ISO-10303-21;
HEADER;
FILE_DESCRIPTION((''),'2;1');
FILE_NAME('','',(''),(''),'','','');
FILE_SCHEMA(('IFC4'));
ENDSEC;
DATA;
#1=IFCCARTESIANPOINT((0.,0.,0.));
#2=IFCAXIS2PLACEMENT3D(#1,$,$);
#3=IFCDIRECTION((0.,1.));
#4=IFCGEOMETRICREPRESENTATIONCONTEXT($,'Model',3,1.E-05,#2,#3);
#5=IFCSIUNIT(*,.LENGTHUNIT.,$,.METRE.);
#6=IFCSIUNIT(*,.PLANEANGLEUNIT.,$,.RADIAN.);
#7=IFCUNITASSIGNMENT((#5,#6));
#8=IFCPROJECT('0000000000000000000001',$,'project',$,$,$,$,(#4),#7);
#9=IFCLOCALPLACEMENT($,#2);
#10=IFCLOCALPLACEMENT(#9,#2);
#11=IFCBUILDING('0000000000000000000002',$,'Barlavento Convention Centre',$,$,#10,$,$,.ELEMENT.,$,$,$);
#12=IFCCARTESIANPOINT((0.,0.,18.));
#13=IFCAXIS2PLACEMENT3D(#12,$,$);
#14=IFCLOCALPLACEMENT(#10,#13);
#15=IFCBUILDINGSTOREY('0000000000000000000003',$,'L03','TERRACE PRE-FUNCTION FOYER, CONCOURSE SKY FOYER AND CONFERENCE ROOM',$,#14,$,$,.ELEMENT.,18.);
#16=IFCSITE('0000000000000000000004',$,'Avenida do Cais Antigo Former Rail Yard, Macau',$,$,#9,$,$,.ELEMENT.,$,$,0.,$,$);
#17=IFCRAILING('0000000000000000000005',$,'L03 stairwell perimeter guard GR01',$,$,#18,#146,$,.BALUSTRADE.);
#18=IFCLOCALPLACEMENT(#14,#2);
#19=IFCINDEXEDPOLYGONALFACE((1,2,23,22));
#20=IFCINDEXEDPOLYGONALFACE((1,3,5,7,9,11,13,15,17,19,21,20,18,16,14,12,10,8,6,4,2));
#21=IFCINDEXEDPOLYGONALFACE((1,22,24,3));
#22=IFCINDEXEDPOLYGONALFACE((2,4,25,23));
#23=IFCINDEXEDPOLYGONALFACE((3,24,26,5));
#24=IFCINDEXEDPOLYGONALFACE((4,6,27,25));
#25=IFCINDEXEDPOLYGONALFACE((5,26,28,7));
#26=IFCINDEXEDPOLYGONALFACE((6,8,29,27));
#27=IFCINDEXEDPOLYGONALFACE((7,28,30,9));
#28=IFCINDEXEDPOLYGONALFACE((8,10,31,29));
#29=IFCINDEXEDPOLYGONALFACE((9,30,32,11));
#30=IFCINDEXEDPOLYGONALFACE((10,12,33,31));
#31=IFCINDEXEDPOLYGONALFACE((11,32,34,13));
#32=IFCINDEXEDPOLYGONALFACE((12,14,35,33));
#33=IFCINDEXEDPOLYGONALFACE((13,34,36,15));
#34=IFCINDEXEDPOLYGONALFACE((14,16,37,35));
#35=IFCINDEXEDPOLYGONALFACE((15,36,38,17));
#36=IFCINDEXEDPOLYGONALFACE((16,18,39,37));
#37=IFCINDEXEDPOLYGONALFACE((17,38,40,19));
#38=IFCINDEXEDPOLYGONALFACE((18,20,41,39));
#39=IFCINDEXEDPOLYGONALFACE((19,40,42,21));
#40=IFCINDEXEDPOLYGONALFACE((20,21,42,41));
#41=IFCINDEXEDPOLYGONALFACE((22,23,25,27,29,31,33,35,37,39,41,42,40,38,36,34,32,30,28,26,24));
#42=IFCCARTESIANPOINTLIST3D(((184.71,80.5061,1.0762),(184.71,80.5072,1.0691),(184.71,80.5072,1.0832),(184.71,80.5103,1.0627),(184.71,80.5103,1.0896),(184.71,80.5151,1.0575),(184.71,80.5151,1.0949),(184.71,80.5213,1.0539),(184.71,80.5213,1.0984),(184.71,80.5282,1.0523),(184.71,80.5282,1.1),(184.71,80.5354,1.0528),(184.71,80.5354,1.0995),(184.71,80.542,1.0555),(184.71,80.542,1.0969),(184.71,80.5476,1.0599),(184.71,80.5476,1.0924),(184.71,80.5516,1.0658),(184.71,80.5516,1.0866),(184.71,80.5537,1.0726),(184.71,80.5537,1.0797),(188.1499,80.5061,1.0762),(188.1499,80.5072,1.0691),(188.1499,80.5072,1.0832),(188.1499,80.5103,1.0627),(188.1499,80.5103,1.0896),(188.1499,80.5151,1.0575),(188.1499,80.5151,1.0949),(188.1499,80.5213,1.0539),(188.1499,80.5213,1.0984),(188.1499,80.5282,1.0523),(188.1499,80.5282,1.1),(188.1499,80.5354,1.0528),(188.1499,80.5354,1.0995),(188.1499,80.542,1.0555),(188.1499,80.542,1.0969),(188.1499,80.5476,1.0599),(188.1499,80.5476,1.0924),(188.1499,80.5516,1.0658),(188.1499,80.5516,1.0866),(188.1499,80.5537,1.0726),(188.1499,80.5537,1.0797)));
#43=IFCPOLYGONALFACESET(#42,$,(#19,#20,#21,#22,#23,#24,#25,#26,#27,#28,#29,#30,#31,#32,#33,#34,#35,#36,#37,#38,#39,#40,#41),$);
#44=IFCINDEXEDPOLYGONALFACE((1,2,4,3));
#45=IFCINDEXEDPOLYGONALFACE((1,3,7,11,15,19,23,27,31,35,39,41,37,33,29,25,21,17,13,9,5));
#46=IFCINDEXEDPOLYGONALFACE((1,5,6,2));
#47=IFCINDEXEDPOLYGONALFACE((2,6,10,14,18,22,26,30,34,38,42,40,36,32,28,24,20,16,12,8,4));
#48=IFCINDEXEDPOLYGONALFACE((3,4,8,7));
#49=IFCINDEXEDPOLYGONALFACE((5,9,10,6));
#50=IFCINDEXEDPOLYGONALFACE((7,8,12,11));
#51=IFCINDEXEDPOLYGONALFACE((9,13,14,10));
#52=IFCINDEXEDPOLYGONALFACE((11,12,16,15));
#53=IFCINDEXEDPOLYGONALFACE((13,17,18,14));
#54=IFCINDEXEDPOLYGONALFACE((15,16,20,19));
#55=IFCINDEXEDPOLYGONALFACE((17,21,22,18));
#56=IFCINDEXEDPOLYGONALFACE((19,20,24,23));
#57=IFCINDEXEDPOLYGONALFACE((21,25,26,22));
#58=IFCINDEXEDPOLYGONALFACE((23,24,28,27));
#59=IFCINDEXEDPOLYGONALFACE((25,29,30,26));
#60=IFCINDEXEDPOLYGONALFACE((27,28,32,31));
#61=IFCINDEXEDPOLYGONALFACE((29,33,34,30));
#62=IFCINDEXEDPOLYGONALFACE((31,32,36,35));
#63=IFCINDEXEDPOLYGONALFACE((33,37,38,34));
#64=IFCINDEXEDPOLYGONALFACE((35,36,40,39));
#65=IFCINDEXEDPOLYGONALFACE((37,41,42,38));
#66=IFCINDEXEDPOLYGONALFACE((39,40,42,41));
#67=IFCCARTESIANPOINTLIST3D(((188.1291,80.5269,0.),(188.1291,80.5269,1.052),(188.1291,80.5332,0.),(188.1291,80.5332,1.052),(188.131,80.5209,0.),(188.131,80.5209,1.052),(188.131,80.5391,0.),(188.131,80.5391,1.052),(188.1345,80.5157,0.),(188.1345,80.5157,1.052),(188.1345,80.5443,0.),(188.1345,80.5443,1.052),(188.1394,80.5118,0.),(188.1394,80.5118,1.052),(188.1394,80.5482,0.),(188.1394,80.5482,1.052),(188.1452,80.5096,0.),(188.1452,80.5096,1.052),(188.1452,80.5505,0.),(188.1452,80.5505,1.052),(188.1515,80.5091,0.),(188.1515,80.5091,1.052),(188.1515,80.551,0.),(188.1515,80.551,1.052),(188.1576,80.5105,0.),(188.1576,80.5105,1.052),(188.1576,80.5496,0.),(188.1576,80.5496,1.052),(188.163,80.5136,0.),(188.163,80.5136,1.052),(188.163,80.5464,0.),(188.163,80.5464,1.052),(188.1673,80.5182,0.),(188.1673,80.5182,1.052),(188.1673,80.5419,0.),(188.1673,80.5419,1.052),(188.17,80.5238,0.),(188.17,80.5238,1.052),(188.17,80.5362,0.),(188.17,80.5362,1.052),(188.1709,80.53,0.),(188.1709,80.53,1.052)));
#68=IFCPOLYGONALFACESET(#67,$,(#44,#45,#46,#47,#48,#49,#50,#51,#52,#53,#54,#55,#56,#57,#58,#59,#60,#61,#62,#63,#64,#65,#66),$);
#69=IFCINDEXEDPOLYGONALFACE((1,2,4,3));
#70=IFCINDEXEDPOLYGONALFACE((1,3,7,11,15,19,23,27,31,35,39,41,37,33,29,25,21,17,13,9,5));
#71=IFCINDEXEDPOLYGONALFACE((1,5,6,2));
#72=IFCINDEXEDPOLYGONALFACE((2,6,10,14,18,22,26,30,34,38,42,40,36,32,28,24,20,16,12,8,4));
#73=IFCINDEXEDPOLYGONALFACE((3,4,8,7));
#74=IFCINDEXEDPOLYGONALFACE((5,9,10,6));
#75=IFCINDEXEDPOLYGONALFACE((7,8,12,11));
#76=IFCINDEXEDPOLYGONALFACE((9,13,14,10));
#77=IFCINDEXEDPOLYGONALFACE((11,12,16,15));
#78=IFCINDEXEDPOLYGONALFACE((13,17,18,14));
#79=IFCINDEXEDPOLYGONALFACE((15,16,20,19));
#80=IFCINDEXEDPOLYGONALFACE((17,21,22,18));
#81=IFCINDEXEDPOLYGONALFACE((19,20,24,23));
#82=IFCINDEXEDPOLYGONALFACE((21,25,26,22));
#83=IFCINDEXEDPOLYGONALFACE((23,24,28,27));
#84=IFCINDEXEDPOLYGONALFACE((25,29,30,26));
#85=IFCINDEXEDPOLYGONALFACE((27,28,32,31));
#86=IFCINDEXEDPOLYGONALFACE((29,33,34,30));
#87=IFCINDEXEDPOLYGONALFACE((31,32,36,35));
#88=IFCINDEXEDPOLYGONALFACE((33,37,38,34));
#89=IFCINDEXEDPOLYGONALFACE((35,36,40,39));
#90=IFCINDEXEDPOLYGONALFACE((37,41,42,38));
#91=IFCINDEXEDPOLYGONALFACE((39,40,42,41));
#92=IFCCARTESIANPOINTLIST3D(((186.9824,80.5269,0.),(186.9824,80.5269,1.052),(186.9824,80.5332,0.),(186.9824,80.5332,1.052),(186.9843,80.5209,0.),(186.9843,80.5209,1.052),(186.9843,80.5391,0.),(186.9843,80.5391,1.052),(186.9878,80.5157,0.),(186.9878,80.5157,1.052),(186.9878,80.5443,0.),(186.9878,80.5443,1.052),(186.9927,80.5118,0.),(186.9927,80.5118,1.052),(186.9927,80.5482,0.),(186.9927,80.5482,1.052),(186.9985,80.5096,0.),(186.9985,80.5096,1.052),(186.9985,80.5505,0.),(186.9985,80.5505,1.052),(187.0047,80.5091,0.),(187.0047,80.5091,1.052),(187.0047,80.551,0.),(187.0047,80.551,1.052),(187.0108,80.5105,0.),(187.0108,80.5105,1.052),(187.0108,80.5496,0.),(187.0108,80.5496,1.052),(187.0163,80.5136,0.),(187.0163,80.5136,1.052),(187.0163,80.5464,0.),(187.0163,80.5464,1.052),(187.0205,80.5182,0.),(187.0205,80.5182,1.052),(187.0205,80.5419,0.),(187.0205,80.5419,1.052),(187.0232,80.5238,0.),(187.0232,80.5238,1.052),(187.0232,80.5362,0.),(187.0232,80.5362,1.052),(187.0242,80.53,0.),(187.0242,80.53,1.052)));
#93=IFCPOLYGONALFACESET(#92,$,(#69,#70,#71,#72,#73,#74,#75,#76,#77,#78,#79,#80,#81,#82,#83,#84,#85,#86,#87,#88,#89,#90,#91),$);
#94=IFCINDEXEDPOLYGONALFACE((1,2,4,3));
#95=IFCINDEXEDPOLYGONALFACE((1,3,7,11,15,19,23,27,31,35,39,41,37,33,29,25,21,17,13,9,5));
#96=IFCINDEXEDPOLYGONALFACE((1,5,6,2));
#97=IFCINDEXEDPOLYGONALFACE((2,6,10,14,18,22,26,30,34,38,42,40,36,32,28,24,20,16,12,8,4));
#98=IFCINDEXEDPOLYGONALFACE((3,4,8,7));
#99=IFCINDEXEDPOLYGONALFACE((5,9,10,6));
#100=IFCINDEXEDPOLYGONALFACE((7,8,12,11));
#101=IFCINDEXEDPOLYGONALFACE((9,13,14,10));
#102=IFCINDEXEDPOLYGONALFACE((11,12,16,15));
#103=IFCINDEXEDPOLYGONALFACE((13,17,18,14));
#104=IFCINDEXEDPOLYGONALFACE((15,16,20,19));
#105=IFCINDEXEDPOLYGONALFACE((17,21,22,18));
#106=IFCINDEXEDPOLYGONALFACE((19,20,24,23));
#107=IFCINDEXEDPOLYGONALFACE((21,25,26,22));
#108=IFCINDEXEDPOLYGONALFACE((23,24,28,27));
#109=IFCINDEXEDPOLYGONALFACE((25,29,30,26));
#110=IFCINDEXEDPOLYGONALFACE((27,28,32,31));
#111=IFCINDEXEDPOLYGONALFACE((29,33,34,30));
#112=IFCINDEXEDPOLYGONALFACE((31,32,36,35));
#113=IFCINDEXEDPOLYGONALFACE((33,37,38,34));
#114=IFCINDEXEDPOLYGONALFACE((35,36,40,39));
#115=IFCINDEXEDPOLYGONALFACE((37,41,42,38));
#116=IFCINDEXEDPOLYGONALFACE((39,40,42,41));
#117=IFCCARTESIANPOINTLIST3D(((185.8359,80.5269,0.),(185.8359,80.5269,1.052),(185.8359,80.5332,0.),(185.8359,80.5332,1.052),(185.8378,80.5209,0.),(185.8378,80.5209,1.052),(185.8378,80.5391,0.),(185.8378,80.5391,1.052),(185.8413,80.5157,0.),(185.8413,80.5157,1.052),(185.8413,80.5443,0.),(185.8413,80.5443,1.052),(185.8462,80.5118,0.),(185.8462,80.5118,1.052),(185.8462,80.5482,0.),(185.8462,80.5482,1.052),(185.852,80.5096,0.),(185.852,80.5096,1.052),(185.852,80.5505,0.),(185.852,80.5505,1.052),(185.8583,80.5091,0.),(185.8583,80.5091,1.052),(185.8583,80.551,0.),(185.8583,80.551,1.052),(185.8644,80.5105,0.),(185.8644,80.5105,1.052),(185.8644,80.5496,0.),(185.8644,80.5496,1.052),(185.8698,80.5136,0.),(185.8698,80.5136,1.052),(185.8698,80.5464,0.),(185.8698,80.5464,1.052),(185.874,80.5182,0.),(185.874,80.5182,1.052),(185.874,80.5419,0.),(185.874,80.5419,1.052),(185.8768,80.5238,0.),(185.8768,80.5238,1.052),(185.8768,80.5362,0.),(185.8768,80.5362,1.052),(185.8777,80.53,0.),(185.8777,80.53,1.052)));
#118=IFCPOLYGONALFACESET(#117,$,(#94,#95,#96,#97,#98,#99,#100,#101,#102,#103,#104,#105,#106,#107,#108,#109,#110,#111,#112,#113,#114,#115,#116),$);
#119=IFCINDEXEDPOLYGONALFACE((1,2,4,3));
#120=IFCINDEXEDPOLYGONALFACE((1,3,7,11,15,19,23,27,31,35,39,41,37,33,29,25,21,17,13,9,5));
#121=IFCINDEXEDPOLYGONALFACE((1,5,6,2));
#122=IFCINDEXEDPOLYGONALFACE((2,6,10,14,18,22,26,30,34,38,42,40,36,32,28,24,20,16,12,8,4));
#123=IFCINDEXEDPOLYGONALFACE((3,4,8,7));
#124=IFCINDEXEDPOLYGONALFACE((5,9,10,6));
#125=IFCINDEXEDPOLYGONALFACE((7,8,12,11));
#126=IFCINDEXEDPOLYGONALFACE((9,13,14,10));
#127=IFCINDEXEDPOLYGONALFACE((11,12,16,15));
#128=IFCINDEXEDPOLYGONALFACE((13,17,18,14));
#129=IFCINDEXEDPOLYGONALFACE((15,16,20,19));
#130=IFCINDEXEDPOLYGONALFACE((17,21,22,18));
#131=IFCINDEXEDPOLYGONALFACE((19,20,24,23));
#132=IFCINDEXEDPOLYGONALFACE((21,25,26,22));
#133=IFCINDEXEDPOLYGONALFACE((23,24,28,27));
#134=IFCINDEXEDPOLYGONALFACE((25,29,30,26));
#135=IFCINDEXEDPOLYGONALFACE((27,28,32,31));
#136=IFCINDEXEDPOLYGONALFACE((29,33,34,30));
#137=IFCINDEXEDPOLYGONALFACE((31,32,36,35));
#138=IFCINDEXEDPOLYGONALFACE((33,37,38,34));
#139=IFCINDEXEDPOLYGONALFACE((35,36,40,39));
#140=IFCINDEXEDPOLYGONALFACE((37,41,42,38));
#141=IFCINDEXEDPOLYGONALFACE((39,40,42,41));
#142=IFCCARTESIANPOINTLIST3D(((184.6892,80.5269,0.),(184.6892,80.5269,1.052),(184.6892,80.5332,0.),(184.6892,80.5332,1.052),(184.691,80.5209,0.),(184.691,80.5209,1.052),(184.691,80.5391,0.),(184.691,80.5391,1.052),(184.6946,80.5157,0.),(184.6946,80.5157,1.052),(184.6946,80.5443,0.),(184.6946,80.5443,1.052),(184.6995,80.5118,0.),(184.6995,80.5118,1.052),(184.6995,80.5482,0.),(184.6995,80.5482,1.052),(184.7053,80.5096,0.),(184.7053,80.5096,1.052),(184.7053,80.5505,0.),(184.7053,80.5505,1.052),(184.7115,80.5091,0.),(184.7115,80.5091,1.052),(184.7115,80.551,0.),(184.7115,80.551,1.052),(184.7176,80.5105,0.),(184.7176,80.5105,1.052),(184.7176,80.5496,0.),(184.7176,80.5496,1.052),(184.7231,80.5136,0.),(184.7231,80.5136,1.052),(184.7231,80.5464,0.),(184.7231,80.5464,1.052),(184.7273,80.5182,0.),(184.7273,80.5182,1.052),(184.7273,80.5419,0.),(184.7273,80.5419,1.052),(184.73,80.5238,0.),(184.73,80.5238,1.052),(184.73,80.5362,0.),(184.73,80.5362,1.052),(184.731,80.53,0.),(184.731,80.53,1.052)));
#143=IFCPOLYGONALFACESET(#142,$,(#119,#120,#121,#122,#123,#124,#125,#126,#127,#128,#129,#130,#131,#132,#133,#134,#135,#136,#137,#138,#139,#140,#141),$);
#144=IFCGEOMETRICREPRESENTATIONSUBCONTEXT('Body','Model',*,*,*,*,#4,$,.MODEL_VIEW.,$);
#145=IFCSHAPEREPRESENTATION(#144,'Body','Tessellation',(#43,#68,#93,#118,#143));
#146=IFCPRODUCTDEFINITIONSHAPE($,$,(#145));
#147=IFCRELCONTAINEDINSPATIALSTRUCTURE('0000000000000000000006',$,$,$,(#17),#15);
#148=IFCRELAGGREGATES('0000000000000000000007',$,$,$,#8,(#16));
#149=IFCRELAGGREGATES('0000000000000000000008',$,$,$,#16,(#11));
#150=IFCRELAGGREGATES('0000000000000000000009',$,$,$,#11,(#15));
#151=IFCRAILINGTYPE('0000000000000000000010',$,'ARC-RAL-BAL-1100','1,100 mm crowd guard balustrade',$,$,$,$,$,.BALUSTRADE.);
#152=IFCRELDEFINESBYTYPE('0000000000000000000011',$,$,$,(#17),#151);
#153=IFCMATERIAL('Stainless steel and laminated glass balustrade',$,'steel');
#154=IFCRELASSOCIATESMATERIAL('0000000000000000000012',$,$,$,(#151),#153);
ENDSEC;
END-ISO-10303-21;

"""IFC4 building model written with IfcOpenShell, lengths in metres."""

from ifc_helpers import new_model, si_unit, direction, frame, origin, origin_2d, place, context, subcontext, project, spatial, circle, extrude, material, type_object, element, save


model = new_model("IFC4")

# Units and contexts
model_context = context("Model", 3, precision=1e-05, world=origin(), true_north=direction((0.0, 1.0)))
body_context = subcontext(model_context, "Body", "Model", "MODEL_VIEW")
ifc_project = project(units=[si_unit("LENGTHUNIT", "METRE"), si_unit("PLANEANGLEUNIT", "RADIAN")], contexts=[model_context])

# Site, building, storey
site_placement = place(None, origin())
site = spatial("IfcSite", under=ifc_project, at=site_placement, Name="Avenida do Cais Antigo Former Rail Yard, Macau", CompositionType="ELEMENT", RefElevation=0.0)
building_placement = place(site_placement, origin())
building = spatial("IfcBuilding", under=site, at=building_placement, Name="Barlavento Convention Centre", CompositionType="ELEMENT")
storey_placement = place(building_placement, frame((0.0, 0.0, 18.0)))
storey = spatial("IfcBuildingStorey", under=building, at=storey_placement, Name="L03", Description="TERRACE PRE-FUNCTION FOYER, CONCOURSE SKY FOYER AND CONFERENCE ROOM", CompositionType="ELEMENT", Elevation=18.0)

# Railing
ifc_material_1 = material(Name="Stainless steel and laminated glass balustrade", Category="steel")
railing_type_1 = type_object("IfcRailingType", Name="ARC-RAL-BAL-1100", Description="1,100 mm crowd guard balustrade", PredefinedType="BALUSTRADE", material=ifc_material_1)
railing_1_placement = place(storey_placement, frame((188.1499, 80.53, 0.0)))
element("IfcRailing", 1, at=railing_1_placement, inside=storey, type_object=railing_type_1, Name="L03 stairwell perimeter guard GR01", PredefinedType="BALUSTRADE", context=body_context, shape_type="SweptSolid", body=[
    extrude(circle(Radius=0.0239, at=origin_2d()), frame((0.0, 0.0, 1.0762), z_axis=(-1.0, 0.0, 0.0), x_axis=(0.0, -1.0, 0.0)), (0.0, 0.0, 1.0), 3.4399),
    extrude(circle(Radius=0.021, at=origin_2d()), origin(), (0.0, 0.0, 1.0), 1.052),
    extrude(circle(Radius=0.021, at=origin_2d()), frame((-1.1467, 0.0, 0.0)), (0.0, 0.0, 1.0), 1.052),
    extrude(circle(Radius=0.021, at=origin_2d()), frame((-2.2932, 0.0, 0.0)), (0.0, 0.0, 1.0), 1.052),
    extrude(circle(Radius=0.021, at=origin_2d()), frame((-3.4399, 0.0, 0.0)), (0.0, 0.0, 1.0), 1.052),
])

save(model, "model.ifc")
